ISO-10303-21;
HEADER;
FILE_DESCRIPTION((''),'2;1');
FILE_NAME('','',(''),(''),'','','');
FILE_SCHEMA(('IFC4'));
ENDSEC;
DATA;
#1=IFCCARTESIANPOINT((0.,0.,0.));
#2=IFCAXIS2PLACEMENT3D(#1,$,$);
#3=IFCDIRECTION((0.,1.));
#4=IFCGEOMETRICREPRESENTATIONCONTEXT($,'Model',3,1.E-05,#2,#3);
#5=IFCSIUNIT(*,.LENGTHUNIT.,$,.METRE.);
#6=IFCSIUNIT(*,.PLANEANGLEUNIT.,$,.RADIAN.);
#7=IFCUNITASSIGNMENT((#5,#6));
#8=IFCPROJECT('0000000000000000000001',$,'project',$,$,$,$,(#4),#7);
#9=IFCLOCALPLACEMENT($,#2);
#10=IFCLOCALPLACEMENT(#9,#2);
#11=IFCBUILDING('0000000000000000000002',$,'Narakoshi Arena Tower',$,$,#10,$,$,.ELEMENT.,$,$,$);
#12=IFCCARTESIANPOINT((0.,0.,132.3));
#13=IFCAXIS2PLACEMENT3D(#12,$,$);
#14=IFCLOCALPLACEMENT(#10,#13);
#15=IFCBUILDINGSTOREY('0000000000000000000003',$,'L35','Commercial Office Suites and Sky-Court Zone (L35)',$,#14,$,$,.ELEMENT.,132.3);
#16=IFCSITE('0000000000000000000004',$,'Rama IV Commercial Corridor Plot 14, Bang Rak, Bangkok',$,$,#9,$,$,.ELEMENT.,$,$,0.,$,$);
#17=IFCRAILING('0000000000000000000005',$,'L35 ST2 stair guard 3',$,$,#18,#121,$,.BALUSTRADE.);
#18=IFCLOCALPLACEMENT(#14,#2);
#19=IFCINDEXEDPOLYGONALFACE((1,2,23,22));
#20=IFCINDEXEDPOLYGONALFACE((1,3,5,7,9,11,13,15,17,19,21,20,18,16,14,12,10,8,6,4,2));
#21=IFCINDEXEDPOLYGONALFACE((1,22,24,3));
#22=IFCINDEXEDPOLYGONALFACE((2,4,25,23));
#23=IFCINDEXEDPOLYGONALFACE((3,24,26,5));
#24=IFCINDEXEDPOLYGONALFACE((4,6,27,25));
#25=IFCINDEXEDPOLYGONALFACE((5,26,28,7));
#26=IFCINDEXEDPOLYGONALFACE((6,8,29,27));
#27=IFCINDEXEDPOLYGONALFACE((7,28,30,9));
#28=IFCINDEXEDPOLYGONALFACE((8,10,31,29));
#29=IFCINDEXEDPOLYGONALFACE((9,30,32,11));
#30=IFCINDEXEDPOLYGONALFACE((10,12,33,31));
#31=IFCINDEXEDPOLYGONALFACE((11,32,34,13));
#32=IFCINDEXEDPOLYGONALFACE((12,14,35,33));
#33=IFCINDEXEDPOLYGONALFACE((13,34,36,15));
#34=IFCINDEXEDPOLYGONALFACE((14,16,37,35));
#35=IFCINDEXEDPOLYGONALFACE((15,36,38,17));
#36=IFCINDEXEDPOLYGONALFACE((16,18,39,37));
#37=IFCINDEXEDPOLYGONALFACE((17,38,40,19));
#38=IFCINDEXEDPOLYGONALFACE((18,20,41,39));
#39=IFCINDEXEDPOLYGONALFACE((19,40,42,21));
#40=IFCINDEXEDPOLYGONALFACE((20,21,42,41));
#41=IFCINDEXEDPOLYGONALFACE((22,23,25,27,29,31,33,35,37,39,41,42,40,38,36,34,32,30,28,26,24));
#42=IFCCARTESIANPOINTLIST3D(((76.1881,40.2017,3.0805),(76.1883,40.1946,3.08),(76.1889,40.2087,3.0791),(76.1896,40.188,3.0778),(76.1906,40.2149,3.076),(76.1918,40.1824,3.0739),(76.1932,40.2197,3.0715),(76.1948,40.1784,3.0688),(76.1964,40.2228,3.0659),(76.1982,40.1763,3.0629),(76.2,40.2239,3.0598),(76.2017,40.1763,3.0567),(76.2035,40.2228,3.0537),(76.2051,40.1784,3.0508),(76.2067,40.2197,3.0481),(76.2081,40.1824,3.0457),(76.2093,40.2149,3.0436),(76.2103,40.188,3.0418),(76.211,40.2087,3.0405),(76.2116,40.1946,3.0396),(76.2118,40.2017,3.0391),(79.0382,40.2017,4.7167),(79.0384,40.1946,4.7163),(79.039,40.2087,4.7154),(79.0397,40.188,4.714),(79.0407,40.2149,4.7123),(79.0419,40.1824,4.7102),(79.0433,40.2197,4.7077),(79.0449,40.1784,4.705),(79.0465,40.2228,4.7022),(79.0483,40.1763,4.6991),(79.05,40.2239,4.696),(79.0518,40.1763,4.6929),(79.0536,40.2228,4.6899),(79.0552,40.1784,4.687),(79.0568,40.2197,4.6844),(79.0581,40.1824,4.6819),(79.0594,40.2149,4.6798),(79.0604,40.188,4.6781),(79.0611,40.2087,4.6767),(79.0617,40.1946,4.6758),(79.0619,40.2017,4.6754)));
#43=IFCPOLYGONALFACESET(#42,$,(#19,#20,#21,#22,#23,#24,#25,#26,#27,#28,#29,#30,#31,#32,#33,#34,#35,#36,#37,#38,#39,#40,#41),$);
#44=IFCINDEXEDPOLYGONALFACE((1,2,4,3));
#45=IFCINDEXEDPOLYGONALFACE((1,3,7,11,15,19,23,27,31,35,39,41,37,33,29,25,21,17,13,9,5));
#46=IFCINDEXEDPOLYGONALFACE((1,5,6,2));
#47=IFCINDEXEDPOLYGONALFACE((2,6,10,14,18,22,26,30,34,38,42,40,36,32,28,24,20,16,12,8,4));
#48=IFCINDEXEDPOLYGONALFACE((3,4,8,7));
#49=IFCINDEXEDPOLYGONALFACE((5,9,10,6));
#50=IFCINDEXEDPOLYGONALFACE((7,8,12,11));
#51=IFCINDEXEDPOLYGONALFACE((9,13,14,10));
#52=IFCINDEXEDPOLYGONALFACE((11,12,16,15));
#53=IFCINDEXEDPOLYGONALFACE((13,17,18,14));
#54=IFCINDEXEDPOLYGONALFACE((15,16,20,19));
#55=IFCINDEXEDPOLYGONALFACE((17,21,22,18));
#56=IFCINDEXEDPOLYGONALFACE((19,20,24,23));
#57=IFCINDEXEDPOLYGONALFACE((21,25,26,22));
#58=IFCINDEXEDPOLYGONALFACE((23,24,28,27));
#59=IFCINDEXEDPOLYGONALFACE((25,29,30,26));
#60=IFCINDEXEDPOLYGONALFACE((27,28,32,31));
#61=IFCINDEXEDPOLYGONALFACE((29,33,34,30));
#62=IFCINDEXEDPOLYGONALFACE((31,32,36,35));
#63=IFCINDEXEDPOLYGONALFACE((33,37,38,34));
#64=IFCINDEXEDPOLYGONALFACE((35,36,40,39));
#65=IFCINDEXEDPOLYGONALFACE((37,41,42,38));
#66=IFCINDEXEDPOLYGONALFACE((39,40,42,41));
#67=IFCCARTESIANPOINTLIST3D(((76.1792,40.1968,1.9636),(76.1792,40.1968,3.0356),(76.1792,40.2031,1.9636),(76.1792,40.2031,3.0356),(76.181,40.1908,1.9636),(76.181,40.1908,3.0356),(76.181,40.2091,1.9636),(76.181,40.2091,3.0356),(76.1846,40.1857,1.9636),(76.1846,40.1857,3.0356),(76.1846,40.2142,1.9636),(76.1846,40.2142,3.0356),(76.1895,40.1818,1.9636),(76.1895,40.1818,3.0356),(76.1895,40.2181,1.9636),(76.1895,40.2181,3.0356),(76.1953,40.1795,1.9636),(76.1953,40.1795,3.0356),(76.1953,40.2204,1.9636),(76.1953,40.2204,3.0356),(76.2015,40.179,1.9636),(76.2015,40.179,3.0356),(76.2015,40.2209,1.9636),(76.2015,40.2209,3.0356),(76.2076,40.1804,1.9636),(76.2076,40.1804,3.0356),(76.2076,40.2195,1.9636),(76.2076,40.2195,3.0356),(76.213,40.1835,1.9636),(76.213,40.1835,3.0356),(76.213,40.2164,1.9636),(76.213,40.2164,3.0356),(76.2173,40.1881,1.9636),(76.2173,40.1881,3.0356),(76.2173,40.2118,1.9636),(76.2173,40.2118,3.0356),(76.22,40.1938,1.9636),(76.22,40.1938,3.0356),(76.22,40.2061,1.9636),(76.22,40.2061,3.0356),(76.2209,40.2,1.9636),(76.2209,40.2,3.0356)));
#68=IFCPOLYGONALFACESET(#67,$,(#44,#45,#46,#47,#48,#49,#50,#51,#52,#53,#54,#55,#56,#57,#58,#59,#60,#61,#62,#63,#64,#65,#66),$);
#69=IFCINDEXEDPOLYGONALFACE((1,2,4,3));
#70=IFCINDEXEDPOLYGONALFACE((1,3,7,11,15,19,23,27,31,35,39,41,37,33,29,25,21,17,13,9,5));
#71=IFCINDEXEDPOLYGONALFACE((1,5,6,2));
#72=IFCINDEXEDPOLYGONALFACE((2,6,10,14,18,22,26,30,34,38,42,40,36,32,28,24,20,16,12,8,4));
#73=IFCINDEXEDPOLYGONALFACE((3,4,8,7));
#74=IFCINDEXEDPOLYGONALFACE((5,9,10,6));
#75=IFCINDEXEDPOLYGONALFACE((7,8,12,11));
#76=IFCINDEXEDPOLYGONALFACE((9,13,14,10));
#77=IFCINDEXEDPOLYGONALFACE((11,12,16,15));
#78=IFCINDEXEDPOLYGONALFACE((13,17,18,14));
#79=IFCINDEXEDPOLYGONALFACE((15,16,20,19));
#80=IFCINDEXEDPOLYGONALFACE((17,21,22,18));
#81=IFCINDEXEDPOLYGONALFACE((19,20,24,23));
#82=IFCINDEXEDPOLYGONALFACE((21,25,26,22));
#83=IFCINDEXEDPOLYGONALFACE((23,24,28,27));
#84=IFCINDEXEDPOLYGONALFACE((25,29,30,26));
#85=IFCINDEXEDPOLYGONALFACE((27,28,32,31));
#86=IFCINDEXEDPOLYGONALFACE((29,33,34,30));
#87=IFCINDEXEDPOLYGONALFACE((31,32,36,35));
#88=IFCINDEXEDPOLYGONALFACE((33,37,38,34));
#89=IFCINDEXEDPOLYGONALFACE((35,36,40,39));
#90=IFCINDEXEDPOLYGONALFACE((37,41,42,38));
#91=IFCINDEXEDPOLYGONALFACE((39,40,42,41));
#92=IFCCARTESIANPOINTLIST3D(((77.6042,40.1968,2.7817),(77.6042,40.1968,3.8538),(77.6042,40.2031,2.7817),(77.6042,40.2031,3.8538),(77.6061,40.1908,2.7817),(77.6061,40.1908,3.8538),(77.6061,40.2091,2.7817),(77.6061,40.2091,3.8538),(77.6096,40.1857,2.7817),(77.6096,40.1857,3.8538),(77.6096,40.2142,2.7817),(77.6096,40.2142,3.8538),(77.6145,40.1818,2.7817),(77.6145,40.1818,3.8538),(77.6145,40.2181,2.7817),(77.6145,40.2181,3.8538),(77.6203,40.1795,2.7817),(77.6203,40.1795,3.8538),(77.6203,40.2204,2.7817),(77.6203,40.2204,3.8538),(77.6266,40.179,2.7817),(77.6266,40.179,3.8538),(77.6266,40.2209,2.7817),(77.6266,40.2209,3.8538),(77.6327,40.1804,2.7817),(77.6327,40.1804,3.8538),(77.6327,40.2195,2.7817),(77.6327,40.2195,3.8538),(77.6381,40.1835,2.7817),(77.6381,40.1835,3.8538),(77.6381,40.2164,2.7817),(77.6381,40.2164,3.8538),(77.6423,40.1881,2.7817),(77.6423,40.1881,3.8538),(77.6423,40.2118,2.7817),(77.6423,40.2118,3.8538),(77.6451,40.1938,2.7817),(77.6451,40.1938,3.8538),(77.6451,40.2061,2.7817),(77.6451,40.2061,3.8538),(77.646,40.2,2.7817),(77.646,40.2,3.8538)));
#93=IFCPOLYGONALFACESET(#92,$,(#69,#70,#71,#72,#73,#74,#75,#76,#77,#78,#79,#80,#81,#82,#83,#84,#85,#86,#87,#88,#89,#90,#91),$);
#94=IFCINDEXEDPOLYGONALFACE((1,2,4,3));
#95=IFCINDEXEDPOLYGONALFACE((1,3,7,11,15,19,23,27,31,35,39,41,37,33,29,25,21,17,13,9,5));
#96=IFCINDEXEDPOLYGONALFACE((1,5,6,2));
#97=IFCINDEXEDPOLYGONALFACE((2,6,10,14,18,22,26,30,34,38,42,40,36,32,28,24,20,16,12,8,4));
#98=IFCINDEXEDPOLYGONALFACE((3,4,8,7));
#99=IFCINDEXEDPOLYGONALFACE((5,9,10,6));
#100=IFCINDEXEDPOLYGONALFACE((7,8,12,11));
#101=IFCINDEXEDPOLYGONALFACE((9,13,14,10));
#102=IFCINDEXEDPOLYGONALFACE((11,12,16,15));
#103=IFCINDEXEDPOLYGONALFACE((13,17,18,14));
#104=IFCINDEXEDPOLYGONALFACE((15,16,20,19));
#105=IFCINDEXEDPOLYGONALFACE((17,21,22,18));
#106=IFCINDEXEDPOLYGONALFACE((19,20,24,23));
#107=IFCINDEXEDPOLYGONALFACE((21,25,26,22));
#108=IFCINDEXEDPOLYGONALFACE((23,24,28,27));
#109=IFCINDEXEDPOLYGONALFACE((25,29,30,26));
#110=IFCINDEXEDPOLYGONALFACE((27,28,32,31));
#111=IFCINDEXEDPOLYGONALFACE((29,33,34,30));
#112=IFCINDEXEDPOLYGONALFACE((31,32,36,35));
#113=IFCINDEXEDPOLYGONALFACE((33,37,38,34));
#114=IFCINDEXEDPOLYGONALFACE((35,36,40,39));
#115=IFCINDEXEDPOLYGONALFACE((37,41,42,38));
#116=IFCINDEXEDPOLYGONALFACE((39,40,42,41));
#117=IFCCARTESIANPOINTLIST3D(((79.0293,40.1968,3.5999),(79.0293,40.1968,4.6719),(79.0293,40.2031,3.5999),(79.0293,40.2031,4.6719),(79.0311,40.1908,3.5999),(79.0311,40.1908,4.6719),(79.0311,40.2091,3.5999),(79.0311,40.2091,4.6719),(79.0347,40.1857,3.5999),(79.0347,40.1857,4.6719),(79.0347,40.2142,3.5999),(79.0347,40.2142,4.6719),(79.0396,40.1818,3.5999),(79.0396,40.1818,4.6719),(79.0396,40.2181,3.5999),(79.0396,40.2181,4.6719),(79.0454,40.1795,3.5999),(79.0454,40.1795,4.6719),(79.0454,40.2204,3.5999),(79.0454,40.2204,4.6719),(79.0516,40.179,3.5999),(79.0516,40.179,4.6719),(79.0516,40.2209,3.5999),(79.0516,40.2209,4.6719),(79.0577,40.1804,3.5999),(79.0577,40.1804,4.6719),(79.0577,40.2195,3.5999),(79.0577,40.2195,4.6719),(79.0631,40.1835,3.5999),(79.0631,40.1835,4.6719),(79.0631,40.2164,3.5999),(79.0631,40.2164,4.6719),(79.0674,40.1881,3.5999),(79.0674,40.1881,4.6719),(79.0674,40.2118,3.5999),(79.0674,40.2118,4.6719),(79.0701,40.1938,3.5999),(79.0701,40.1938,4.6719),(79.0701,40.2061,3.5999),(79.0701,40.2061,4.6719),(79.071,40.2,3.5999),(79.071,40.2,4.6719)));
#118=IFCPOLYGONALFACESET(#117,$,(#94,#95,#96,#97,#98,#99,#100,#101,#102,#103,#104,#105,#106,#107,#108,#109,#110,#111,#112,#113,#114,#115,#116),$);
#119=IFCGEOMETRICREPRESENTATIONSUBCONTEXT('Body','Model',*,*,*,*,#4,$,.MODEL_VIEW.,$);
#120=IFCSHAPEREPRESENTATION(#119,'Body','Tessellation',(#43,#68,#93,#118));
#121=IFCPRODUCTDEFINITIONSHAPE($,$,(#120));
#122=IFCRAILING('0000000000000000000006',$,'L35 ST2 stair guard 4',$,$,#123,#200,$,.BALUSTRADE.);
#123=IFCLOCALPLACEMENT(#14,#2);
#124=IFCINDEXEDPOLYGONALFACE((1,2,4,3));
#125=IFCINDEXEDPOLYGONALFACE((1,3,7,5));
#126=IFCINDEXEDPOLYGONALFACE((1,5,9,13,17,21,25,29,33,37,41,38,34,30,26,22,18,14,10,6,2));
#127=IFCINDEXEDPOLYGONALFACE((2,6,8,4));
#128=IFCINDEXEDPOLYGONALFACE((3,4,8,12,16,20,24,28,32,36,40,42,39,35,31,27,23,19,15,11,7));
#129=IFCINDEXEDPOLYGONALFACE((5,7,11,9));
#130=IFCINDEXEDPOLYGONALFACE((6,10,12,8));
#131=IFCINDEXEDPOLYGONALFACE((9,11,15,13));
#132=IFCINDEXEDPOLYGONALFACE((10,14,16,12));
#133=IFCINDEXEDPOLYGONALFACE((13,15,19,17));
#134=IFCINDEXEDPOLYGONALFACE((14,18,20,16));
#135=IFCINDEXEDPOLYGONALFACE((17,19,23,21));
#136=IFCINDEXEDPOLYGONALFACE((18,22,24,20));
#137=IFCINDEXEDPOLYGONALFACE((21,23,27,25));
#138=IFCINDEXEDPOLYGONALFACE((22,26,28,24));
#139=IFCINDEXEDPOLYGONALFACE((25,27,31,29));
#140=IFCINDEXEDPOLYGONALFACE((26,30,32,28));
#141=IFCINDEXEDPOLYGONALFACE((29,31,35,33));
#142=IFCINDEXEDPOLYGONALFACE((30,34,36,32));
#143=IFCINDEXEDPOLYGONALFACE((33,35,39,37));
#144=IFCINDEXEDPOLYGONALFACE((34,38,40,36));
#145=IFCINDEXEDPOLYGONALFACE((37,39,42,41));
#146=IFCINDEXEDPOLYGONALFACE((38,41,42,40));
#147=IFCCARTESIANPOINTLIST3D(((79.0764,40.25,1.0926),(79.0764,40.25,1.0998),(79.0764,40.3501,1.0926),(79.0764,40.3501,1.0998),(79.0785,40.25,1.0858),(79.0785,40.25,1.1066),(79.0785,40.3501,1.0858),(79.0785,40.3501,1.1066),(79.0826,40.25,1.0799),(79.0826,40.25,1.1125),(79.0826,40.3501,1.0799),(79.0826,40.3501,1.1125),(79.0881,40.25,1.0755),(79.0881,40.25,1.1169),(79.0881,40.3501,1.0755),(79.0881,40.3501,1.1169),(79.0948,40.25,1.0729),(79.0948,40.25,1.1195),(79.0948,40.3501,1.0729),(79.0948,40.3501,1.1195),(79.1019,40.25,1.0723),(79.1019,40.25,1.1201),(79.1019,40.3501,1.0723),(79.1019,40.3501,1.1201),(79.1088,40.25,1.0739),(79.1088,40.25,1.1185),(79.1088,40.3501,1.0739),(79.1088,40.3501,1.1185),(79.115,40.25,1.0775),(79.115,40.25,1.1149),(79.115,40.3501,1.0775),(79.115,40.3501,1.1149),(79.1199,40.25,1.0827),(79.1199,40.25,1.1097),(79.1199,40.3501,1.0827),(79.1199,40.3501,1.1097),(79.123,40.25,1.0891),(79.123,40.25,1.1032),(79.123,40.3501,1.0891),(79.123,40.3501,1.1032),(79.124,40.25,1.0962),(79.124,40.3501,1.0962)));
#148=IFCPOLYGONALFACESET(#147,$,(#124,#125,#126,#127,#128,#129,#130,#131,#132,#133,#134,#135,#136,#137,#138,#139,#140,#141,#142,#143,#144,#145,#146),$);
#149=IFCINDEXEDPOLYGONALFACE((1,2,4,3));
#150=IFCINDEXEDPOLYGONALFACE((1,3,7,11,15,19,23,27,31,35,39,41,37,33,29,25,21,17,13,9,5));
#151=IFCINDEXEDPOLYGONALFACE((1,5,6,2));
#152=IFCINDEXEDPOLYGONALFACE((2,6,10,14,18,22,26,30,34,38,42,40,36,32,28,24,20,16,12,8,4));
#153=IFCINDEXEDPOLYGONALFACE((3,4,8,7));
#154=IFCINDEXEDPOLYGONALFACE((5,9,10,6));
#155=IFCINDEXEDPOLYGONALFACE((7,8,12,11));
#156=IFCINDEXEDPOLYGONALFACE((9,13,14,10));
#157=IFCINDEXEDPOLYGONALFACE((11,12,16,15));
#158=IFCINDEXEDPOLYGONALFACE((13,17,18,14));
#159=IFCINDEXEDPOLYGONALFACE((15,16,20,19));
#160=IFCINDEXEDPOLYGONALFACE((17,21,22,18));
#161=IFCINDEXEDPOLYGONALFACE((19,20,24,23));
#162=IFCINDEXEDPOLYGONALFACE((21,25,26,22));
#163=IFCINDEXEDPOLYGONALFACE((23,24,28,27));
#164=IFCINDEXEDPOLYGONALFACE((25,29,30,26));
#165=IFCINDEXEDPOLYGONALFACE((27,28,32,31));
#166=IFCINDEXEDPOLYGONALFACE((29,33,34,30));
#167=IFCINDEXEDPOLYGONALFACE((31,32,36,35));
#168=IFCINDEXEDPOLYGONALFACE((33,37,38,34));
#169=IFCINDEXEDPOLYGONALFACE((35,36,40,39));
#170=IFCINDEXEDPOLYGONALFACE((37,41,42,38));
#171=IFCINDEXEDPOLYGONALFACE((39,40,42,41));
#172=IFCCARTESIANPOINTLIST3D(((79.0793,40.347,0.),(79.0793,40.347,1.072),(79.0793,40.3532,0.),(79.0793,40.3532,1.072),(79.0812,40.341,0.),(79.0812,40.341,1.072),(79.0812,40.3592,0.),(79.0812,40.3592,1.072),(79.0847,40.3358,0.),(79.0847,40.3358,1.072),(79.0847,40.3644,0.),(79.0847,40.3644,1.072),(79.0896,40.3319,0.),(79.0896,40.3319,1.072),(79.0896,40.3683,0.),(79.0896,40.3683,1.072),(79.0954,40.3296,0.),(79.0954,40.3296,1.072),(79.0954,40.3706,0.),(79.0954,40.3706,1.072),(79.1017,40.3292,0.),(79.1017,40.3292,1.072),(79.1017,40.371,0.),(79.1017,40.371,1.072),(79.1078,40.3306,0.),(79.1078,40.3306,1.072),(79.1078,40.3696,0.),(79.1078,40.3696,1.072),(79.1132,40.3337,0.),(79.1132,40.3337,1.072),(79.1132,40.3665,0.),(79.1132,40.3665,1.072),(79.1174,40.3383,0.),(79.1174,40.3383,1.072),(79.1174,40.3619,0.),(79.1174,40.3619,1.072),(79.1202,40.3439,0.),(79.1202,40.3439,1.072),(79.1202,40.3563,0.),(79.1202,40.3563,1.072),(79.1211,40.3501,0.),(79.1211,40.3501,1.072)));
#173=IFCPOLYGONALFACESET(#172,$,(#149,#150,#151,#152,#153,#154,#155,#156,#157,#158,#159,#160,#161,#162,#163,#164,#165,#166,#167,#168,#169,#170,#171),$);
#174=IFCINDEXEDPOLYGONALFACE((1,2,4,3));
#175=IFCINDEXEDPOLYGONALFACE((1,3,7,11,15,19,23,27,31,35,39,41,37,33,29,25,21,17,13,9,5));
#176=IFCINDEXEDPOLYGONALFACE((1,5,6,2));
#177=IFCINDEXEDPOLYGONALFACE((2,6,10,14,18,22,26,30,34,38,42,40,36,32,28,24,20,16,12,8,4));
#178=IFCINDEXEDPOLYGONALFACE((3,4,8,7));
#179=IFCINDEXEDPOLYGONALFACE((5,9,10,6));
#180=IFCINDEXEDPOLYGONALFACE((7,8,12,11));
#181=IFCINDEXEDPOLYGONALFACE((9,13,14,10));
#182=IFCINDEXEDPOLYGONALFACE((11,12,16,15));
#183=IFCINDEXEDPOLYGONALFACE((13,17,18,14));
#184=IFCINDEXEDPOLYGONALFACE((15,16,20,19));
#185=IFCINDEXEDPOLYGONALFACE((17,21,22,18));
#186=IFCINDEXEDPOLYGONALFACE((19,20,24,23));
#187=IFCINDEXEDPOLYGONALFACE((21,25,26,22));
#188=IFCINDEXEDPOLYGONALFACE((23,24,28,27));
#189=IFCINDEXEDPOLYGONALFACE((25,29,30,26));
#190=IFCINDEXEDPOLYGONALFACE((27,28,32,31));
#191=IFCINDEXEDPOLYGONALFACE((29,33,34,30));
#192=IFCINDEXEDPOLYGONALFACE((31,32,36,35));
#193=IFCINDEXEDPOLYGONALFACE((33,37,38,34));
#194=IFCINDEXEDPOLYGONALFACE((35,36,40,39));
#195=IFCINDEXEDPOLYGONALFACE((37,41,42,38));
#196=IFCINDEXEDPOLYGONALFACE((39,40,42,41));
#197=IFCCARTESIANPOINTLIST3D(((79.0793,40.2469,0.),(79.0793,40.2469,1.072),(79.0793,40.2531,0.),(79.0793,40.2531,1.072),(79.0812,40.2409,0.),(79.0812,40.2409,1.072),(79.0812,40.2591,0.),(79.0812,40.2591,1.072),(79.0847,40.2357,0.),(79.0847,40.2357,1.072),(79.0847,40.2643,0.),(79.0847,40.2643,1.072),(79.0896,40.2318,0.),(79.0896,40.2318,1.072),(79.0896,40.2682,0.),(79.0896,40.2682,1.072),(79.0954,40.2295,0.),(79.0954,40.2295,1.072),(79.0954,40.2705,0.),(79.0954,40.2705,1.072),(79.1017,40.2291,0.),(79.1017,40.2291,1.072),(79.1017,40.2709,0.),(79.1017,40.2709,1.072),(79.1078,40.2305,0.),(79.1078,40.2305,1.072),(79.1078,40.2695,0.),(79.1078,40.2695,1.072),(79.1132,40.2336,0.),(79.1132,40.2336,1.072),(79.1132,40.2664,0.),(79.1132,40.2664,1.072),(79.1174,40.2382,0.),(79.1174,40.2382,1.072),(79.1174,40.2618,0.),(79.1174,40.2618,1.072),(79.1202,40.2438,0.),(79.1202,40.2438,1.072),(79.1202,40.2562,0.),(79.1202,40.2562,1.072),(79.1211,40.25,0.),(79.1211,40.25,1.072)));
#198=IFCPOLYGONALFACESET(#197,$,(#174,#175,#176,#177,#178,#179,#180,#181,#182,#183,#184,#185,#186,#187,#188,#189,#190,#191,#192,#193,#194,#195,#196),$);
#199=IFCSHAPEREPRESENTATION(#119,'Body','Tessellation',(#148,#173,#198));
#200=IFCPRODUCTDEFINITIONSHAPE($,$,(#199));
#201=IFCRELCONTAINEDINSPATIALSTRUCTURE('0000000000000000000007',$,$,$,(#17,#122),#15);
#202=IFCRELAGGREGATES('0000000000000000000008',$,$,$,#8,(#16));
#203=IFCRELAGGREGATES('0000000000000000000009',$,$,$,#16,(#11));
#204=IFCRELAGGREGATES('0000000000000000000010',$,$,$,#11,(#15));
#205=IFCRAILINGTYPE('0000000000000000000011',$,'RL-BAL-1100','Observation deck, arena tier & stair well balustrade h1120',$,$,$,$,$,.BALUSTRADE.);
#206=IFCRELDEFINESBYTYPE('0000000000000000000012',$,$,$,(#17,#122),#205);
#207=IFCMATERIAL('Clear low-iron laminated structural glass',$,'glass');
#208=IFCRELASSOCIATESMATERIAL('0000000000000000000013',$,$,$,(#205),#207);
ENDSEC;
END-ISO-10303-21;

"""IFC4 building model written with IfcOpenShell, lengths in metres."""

from ifc_helpers import new_model, si_unit, direction, frame, origin, origin_2d, place, context, subcontext, project, spatial, circle, extrude, material, type_object, element, save


model = new_model("IFC4")

# Units and contexts
model_context = context("Model", 3, precision=1e-05, world=origin(), true_north=direction((0.0, 1.0)))
body_context = subcontext(model_context, "Body", "Model", "MODEL_VIEW")
ifc_project = project(units=[si_unit("LENGTHUNIT", "METRE"), si_unit("PLANEANGLEUNIT", "RADIAN")], contexts=[model_context])

# Site, building, storey
site_placement = place(None, origin())
site = spatial("IfcSite", under=ifc_project, at=site_placement, Name="Rama IV Commercial Corridor Plot 14, Bang Rak, Bangkok", CompositionType="ELEMENT", RefElevation=0.0)
building_placement = place(site_placement, origin())
building = spatial("IfcBuilding", under=site, at=building_placement, Name="Narakoshi Arena Tower", CompositionType="ELEMENT")
storey_placement = place(building_placement, frame((0.0, 0.0, 132.3)))
storey = spatial("IfcBuildingStorey", under=building, at=storey_placement, Name="L35", Description="Commercial Office Suites and Sky-Court Zone (L35)", CompositionType="ELEMENT", Elevation=132.3)

# Railings
ifc_material_1 = material(Name="Clear low-iron laminated structural glass", Category="glass")
railing_type_1 = type_object("IfcRailingType", Name="RL-BAL-1100", Description="Observation deck, arena tier & stair well balustrade h1120", PredefinedType="BALUSTRADE", material=ifc_material_1)
railing_1_placement = place(storey_placement, frame((76.2, 40.2, 1.9636)))
element("IfcRailing", 1, at=railing_1_placement, inside=storey, type_object=railing_type_1, Name="L35 ST2 stair guard 3", PredefinedType="BALUSTRADE", context=body_context, shape_type="SweptSolid", body=[
    extrude(circle(Radius=0.0239, at=origin_2d()), frame((0.0, 0.0, 1.0962), z_axis=(0.867245, 0.0, 0.497882), x_axis=(0.0, 1.0, 0.0)), (0.0, 0.0, 1.0), 3.2864),
    extrude(circle(Radius=0.021, at=origin_2d()), origin(), (0.0, 0.0, 1.0), 1.072),
    extrude(circle(Radius=0.021, at=origin_2d()), frame((1.425, 0.0, 0.8181)), (0.0, 0.0, 1.0), 1.072),
    extrude(circle(Radius=0.021, at=origin_2d()), frame((2.8501, 0.0, 1.6362)), (0.0, 0.0, 1.0), 1.072),
])
railing_2_placement = place(storey_placement, frame((79.1001, 40.3501, 0.0)))
element("IfcRailing", 2, at=railing_2_placement, inside=storey, type_object=railing_type_1, Name="L35 ST2 stair guard 4", PredefinedType="BALUSTRADE", context=body_context, shape_type="SweptSolid", body=[
    extrude(circle(Radius=0.0239, at=origin_2d()), frame((0.0, 0.0, 1.0962), z_axis=(0.0, -1.0, 0.0), x_axis=(1.0, 0.0, 0.0)), (0.0, 0.0, 1.0), 0.1001),
    extrude(circle(Radius=0.021, at=origin_2d()), origin(), (0.0, 0.0, 1.0), 1.072),
    extrude(circle(Radius=0.021, at=origin_2d()), frame((0.0, -0.1001, 0.0)), (0.0, 0.0, 1.0), 1.072),
])

save(model, "model.ifc")
